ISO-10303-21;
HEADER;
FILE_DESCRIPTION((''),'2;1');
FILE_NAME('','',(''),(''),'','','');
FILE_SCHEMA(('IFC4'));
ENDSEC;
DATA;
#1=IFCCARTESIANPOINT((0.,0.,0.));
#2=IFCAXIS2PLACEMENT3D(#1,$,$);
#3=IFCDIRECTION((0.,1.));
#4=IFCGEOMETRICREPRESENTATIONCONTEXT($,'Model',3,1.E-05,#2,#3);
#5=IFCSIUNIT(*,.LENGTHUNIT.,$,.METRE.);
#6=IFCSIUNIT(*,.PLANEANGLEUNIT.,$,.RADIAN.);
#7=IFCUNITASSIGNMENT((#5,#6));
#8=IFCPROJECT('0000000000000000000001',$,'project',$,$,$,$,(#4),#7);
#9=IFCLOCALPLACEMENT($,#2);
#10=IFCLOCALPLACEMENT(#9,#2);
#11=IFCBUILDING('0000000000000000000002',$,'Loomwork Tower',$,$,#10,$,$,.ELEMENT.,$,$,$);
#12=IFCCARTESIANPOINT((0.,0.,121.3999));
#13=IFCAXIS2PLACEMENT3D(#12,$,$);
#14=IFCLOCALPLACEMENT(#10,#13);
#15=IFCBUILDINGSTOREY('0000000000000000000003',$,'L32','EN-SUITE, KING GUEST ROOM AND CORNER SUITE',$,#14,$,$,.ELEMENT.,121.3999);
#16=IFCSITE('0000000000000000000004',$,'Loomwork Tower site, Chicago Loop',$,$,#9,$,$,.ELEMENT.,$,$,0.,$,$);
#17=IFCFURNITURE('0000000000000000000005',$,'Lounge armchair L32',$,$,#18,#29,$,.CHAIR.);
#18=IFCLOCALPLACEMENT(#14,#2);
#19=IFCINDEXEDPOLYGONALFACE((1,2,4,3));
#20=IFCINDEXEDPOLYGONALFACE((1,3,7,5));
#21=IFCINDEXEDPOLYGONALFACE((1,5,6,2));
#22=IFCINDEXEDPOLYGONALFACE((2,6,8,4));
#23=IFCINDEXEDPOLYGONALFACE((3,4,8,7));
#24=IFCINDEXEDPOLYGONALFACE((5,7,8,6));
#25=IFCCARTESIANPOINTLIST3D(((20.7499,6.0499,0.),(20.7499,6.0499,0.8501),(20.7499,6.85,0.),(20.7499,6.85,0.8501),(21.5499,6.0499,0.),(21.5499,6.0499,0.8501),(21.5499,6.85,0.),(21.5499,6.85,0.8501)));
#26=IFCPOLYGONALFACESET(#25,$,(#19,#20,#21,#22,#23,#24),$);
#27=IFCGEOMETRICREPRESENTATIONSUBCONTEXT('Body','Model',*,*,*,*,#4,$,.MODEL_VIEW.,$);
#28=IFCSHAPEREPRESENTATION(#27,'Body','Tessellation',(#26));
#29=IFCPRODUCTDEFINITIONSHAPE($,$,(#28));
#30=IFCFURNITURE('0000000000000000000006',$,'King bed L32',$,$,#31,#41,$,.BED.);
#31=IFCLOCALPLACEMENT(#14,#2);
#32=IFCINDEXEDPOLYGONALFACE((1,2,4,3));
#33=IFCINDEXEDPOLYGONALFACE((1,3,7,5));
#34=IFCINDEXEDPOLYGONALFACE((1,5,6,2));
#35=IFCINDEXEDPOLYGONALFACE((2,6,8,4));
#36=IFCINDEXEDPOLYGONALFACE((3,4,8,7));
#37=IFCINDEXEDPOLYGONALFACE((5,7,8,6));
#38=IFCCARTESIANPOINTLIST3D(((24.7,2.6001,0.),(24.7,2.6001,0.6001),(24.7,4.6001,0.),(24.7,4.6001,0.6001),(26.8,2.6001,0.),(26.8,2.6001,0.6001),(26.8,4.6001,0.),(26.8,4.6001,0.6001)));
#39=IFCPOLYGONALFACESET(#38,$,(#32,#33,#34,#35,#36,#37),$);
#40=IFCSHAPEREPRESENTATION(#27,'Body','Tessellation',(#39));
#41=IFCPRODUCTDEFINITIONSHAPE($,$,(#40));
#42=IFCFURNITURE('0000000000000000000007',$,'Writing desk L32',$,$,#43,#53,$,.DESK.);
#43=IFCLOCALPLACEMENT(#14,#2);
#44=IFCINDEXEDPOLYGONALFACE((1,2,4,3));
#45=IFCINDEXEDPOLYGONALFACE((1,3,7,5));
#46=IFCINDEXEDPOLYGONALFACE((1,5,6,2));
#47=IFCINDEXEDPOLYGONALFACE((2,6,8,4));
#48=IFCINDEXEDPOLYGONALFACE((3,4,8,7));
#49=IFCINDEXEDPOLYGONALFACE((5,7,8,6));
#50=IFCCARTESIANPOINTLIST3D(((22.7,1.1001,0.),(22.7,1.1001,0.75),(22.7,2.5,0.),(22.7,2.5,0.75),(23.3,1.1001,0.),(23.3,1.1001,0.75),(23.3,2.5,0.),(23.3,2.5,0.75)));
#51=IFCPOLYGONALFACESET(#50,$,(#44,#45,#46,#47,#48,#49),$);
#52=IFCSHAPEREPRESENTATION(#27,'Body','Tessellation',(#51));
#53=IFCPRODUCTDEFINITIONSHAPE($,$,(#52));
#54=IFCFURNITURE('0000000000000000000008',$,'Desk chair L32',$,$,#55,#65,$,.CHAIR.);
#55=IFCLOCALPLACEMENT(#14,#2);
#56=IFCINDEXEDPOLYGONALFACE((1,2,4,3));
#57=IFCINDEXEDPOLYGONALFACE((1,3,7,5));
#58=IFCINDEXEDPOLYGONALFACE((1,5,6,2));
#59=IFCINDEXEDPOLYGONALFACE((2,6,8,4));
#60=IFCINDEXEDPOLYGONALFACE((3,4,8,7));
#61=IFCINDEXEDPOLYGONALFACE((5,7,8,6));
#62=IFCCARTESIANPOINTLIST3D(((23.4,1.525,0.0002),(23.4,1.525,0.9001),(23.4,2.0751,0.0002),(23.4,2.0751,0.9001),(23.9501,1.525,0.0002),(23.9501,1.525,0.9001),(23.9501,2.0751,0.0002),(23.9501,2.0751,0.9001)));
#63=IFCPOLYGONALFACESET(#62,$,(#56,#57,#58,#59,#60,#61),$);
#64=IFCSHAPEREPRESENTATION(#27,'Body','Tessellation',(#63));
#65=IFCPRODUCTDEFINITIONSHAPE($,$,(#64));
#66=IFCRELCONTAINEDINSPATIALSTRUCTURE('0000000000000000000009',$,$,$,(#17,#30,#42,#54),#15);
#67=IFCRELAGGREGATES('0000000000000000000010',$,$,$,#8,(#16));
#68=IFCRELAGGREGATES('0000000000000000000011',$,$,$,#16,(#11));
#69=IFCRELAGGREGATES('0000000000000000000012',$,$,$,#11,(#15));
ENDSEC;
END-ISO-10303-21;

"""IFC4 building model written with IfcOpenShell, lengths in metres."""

from ifc_helpers import new_model, si_unit, direction, frame, origin, origin_2d, place, context, subcontext, project, spatial, rectangle, extrude, element, save


model = new_model("IFC4")

# Units and contexts
model_context = context("Model", 3, precision=1e-05, world=origin(), true_north=direction((0.0, 1.0)))
body_context = subcontext(model_context, "Body", "Model", "MODEL_VIEW")
ifc_project = project(units=[si_unit("LENGTHUNIT", "METRE"), si_unit("PLANEANGLEUNIT", "RADIAN")], contexts=[model_context])

# Site, building, storey
site_placement = place(None, origin())
site = spatial("IfcSite", under=ifc_project, at=site_placement, Name="Loomwork Tower site, Chicago Loop", CompositionType="ELEMENT", RefElevation=0.0)
building_placement = place(site_placement, origin())
building = spatial("IfcBuilding", under=site, at=building_placement, Name="Loomwork Tower", CompositionType="ELEMENT")
storey_placement = place(building_placement, frame((0.0, 0.0, 121.3999)))
storey = spatial("IfcBuildingStorey", under=building, at=storey_placement, Name="L32", Description="EN-SUITE, KING GUEST ROOM AND CORNER SUITE", CompositionType="ELEMENT", Elevation=121.3999)

# Furniture
furniture_1_placement = place(storey_placement, frame((21.1499, 6.45, 0.0), z_axis=(0.0, 0.0, 1.0), x_axis=(1.0, 0.0, 0.0)))
element("IfcFurniture", 1, at=furniture_1_placement, inside=storey, Name="Lounge armchair L32", PredefinedType="CHAIR", context=body_context, shape_type="SweptSolid", body=[
    extrude(rectangle(XDim=0.8, YDim=0.8, at=origin_2d()), origin(), (0.0, 0.0, 1.0), 0.8501),
])
furniture_2_placement = place(storey_placement, frame((25.75, 3.6001, 0.0), z_axis=(0.0, 0.0, 1.0), x_axis=(1.0, 0.0, 0.0)))
element("IfcFurniture", 2, at=furniture_2_placement, inside=storey, Name="King bed L32", PredefinedType="BED", context=body_context, shape_type="SweptSolid", body=[
    extrude(rectangle(XDim=2.1001, YDim=2.0, at=origin_2d()), origin(), (0.0, 0.0, 1.0), 0.6001),
])
furniture_3_placement = place(storey_placement, frame((23.0, 1.8, 0.0), z_axis=(0.0, 0.0, 1.0), x_axis=(1.0, 0.0, 0.0)))
element("IfcFurniture", 3, at=furniture_3_placement, inside=storey, Name="Writing desk L32", PredefinedType="DESK", context=body_context, shape_type="SweptSolid", body=[
    extrude(rectangle(XDim=0.6001, YDim=1.3999, at=origin_2d()), origin(), (0.0, 0.0, 1.0), 0.75),
])
furniture_4_placement = place(storey_placement, frame((23.675, 1.8, 0.0002), z_axis=(0.0, 0.0, 1.0), x_axis=(1.0, 0.0, 0.0)))
element("IfcFurniture", 4, at=furniture_4_placement, inside=storey, Name="Desk chair L32", PredefinedType="CHAIR", context=body_context, shape_type="SweptSolid", body=[
    extrude(rectangle(XDim=0.55, YDim=0.55, at=origin_2d()), origin(), (0.0, 0.0, 1.0), 0.8999),
])

save(model, "model.ifc")
